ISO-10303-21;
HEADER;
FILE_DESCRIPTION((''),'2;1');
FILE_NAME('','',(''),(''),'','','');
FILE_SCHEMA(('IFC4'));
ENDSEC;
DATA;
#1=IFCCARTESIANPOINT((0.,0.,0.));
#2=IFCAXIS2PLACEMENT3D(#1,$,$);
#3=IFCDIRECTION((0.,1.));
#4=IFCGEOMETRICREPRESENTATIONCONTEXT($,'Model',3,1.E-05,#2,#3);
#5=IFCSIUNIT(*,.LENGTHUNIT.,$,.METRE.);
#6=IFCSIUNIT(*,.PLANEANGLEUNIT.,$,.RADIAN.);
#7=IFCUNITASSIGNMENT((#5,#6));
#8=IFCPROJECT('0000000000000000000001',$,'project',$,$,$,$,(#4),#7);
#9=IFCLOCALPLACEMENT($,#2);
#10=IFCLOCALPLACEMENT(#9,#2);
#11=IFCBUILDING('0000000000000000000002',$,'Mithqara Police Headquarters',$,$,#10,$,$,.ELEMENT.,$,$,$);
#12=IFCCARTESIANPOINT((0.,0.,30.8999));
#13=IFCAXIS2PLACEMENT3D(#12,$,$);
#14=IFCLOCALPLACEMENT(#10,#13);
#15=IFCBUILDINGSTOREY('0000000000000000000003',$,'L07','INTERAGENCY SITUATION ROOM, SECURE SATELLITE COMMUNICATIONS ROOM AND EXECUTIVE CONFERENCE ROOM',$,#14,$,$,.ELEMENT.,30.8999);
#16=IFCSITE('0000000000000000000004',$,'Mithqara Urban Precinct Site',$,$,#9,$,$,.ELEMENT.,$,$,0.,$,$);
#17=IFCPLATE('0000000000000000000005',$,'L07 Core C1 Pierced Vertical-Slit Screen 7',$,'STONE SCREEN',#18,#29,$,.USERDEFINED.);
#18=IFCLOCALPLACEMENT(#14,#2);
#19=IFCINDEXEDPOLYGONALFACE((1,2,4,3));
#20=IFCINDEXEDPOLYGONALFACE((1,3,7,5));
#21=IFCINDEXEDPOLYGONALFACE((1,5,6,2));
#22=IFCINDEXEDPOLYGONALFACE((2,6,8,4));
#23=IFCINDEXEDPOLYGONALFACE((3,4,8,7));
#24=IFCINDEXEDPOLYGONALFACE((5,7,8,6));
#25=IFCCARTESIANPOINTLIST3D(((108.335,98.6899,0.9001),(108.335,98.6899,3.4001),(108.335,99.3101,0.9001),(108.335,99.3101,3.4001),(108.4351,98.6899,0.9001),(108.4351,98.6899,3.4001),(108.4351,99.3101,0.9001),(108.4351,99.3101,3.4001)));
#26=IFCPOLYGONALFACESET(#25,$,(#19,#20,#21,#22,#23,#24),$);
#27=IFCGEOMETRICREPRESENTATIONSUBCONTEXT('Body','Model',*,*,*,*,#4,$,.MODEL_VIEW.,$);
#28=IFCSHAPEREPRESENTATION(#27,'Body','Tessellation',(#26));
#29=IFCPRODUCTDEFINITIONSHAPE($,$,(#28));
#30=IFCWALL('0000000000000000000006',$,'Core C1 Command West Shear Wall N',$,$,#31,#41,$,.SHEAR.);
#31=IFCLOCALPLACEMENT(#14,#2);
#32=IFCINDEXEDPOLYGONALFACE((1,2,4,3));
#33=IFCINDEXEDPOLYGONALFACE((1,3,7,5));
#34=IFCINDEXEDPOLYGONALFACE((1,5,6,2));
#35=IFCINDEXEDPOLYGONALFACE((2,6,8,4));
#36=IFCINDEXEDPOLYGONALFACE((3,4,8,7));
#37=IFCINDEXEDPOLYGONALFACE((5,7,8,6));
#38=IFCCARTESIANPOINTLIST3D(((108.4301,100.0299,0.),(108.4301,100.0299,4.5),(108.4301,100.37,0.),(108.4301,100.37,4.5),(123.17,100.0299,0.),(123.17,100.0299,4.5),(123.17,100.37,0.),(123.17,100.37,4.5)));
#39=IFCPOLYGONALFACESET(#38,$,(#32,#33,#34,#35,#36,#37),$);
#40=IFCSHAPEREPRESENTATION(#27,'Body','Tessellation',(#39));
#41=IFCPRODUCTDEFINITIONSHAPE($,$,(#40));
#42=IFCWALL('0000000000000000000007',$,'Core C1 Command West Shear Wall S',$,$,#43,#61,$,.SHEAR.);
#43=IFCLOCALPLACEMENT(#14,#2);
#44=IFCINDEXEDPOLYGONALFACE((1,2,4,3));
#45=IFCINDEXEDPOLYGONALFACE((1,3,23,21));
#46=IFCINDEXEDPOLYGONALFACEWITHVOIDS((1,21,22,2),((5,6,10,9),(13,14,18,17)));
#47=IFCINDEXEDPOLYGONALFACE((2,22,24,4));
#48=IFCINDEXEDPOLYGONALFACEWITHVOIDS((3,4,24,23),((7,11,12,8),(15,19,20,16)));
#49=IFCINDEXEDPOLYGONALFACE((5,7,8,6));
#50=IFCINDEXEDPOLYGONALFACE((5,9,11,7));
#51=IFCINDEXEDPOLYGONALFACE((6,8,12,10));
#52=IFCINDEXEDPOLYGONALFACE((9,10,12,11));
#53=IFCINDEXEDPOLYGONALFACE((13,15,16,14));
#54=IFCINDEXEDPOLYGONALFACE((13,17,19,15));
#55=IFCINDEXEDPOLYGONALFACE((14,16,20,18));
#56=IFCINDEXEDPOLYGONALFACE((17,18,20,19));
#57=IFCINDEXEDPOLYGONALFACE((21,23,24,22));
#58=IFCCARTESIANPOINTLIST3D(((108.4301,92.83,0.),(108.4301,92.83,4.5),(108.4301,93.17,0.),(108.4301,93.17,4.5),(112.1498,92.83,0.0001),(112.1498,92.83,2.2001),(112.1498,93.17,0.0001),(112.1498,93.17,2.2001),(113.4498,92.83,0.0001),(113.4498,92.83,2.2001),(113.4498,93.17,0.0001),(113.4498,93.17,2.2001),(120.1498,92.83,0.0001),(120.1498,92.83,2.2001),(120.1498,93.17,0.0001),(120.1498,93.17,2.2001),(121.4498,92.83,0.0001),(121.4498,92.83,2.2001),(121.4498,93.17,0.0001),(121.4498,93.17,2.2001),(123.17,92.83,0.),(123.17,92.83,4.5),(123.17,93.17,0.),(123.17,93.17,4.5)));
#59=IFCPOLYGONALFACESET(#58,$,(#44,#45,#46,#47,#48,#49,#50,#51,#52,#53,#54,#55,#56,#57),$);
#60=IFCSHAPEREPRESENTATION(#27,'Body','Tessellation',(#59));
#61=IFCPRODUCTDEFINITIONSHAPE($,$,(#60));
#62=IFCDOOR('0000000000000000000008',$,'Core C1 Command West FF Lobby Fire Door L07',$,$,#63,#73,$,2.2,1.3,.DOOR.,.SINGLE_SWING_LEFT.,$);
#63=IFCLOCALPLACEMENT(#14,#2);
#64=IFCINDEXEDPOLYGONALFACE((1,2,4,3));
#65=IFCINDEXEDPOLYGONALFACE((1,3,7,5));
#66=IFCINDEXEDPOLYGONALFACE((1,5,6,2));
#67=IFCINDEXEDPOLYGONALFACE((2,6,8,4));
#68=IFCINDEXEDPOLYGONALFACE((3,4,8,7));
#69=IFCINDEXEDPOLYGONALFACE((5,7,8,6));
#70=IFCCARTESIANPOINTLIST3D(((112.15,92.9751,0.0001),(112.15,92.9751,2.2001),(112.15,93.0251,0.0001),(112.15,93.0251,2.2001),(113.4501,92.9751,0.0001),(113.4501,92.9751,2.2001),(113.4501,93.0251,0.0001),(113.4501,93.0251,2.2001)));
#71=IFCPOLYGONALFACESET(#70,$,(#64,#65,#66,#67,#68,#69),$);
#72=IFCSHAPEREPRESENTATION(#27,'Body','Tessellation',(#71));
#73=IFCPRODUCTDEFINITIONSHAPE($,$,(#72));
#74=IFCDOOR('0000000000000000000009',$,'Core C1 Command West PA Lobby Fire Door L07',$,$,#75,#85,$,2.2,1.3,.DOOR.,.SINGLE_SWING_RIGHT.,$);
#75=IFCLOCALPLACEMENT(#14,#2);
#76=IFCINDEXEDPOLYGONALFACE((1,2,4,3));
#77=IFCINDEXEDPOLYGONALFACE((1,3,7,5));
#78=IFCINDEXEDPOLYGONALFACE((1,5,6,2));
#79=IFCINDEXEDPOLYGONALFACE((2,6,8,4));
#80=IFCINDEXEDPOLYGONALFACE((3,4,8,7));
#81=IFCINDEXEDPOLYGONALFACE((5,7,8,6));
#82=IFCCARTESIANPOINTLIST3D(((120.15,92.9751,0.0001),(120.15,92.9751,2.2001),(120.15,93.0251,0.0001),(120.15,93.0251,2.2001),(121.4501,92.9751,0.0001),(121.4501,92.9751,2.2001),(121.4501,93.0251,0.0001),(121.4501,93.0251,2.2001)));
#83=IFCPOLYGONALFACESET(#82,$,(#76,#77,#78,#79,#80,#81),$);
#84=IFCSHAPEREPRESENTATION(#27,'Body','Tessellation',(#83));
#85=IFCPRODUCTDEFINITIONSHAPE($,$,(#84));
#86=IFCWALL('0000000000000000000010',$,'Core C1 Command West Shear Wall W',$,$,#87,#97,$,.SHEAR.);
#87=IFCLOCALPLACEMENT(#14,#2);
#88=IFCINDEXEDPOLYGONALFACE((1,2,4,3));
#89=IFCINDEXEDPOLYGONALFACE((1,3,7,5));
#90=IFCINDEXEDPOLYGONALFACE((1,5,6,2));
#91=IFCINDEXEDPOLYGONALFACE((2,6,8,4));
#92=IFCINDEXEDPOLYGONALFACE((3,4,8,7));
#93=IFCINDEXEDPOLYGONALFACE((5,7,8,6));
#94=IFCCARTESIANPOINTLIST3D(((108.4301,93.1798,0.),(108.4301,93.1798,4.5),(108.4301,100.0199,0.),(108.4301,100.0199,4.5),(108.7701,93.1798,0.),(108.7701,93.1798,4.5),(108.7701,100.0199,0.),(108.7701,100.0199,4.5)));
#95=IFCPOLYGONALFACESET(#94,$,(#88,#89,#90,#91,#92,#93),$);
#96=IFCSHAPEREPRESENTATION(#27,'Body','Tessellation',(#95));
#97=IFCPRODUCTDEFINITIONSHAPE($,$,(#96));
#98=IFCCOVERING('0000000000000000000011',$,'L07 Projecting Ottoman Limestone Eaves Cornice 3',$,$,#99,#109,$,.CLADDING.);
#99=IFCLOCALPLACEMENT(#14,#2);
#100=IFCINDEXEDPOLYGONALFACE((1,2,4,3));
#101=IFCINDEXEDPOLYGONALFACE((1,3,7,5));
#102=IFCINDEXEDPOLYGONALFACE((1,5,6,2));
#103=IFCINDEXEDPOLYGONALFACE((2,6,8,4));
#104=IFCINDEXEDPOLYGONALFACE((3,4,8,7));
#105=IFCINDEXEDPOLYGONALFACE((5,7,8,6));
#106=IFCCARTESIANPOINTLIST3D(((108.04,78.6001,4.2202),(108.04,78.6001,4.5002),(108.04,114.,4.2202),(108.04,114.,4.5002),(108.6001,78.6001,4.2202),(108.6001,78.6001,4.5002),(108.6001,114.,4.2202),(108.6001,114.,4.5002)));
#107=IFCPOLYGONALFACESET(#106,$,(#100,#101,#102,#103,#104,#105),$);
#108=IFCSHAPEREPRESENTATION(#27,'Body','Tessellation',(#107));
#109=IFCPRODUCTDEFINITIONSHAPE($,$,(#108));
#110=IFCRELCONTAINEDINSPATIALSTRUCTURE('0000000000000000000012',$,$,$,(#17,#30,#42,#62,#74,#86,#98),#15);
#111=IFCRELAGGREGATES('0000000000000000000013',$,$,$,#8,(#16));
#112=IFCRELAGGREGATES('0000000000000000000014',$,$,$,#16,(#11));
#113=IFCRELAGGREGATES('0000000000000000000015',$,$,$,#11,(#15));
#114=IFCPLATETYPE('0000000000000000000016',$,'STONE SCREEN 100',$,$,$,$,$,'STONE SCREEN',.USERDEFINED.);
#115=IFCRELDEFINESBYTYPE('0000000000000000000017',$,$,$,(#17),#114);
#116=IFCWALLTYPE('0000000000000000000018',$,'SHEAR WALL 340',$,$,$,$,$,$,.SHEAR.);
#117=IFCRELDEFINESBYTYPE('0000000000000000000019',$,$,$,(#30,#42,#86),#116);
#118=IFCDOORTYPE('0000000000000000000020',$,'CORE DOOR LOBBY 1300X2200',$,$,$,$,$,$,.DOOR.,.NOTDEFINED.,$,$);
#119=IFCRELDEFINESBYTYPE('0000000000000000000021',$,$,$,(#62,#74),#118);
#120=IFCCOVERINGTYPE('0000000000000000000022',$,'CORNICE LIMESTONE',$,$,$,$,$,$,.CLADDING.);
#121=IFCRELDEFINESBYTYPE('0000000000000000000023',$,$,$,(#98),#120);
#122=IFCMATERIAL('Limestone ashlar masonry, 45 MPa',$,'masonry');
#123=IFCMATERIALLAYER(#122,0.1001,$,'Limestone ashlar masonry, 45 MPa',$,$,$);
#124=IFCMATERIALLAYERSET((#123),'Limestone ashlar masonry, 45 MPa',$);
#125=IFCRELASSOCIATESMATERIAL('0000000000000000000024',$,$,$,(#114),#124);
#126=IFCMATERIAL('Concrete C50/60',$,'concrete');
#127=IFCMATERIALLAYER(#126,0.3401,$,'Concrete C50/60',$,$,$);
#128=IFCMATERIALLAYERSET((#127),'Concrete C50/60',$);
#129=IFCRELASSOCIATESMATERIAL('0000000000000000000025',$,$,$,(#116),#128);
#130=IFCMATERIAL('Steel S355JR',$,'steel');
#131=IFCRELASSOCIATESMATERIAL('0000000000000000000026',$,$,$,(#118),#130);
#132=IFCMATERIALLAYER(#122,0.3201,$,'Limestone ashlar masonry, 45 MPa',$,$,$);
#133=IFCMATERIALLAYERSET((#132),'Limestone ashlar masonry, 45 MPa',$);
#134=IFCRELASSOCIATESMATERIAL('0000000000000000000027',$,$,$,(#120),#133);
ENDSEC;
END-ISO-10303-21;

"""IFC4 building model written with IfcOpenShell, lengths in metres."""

from ifc_helpers import new_model, si_unit, direction, frame, frame_2d, origin, origin_2d, place, context, subcontext, project, spatial, rectangle, extrude, material, layer, layer_set, type_object, element, fill, save


model = new_model("IFC4")

# Units and contexts
model_context = context("Model", 3, precision=1e-05, world=origin(), true_north=direction((0.0, 1.0)))
body_context = subcontext(model_context, "Body", "Model", "MODEL_VIEW")
ifc_project = project(units=[si_unit("LENGTHUNIT", "METRE"), si_unit("PLANEANGLEUNIT", "RADIAN")], contexts=[model_context])

# Site, building, storey
site_placement = place(None, origin())
site = spatial("IfcSite", under=ifc_project, at=site_placement, Name="Mithqara Urban Precinct Site", CompositionType="ELEMENT", RefElevation=0.0)
building_placement = place(site_placement, origin())
building = spatial("IfcBuilding", under=site, at=building_placement, Name="Mithqara Police Headquarters", CompositionType="ELEMENT")
storey_placement = place(building_placement, frame((0.0, 0.0, 30.8999)))
storey = spatial("IfcBuildingStorey", under=building, at=storey_placement, Name="L07", Description="INTERAGENCY SITUATION ROOM, SECURE SATELLITE COMMUNICATIONS ROOM AND EXECUTIVE CONFERENCE ROOM", CompositionType="ELEMENT", Elevation=30.8999)

# Shared definitions
ifc_material_1 = material(Name="Steel S355JR", Category="steel")

# Plate
ifc_material_2 = material(Name="Limestone ashlar masonry, 45 MPa", Category="masonry")
ifc_layer_1 = layer(ifc_material_2, 0.1001, Name="Limestone ashlar masonry, 45 MPa")
ifc_layer_set_1 = layer_set([ifc_layer_1], Name="Limestone ashlar masonry, 45 MPa")
plate_type = type_object("IfcPlateType", Name="STONE SCREEN 100", ElementType="STONE SCREEN", PredefinedType="USERDEFINED", material=ifc_layer_set_1)
for number, where, z_axis, x_axis, name in (
    (1, (108.385, 99.0, 0.9001), (0.0, 0.0, 1.0), (0.0, 1.0, 0.0), "L07 Core C1 Pierced Vertical-Slit Screen 7"),
):
    element("IfcPlate", number, at=place(storey_placement, frame(where, z_axis=z_axis, x_axis=x_axis)), inside=storey, type_object=plate_type, Name=name, ObjectType="STONE SCREEN", PredefinedType="USERDEFINED", context=body_context, shape_type="SweptSolid", body=[
        extrude(rectangle(XDim=0.6201, YDim=0.1001, at=origin_2d()), origin(), (0.0, 0.0, 1.0), 2.5),
    ])

# Wall
ifc_material_3 = material(Name="Concrete C50/60", Category="concrete")
ifc_layer_2 = layer(ifc_material_3, 0.3401, Name="Concrete C50/60")
ifc_layer_set_2 = layer_set([ifc_layer_2], Name="Concrete C50/60")
wall_type = type_object("IfcWallType", Name="SHEAR WALL 340", PredefinedType="SHEAR", material=ifc_layer_set_2)
wall_1_placement = place(storey_placement, frame((108.4299, 100.2, 0.0), z_axis=(0.0, 0.0, 1.0), x_axis=(1.0, 0.0, 0.0)))
element("IfcWall", 2, at=wall_1_placement, inside=storey, type_object=wall_type, Name="Core C1 Command West Shear Wall N", PredefinedType="SHEAR", context=body_context, shape_type="SweptSolid", body=[
    extrude(rectangle(XDim=14.74, YDim=0.3401, at=frame_2d((7.3701, 0.0))), origin(), (0.0, 0.0, 1.0), 4.5),
])

# Wall, openings, doors
wall_2_placement = place(storey_placement, frame((108.4299, 93.0, 0.0), z_axis=(0.0, 0.0, 1.0), x_axis=(1.0, 0.0, 0.0)))
wall_2 = element("IfcWall", 3, at=wall_2_placement, inside=storey, type_object=wall_type, Name="Core C1 Command West Shear Wall S", PredefinedType="SHEAR", context=body_context, shape_type="SweptSolid", body=[
    extrude(rectangle(XDim=14.74, YDim=0.3401, at=frame_2d((7.3701, 0.0))), origin(), (0.0, 0.0, 1.0), 4.5),
])
opening_1_placement = place(wall_2_placement, frame((3.72, 0.0, 0.0)))
opening_1 = element("IfcOpeningElement", 4, at=opening_1_placement, cuts=wall_2, PredefinedType="OPENING", context=body_context, shape_type="SweptSolid", body=[
    extrude(rectangle(XDim=1.3, YDim=2.2, at=frame_2d((0.6499, 1.1001))), frame((0.0, 0.1802, 0.0), z_axis=(0.0, -1.0, 0.0), x_axis=(1.0, 0.0, 0.0)), (0.0, 0.0, 1.0), 0.3601),
])
opening_2_placement = place(wall_2_placement, frame((11.72, 0.0, 0.0)))
opening_2 = element("IfcOpeningElement", 5, at=opening_2_placement, cuts=wall_2, PredefinedType="OPENING", context=body_context, shape_type="SweptSolid", body=[
    extrude(rectangle(XDim=1.3, YDim=2.2, at=frame_2d((0.6499, 1.1001))), frame((0.0, 0.1802, 0.0), z_axis=(0.0, -1.0, 0.0), x_axis=(1.0, 0.0, 0.0)), (0.0, 0.0, 1.0), 0.3601),
])
door_type_1 = type_object("IfcDoorType", Name="CORE DOOR LOBBY 1300X2200", OperationType="NOTDEFINED", PredefinedType="DOOR", material=ifc_material_1)
door_1_placement = place(opening_1_placement, frame((1.3, 0.0, 0.0), z_axis=(0.0, 0.0, 1.0), x_axis=(-1.0, 0.0, 0.0)))
door_1 = element("IfcDoor", 6, at=door_1_placement, inside=storey, type_object=door_type_1, Name="Core C1 Command West FF Lobby Fire Door L07", OperationType="SINGLE_SWING_LEFT", OverallHeight=2.2, OverallWidth=1.3, PredefinedType="DOOR", context=body_context, shape_type="SweptSolid", body=[
    extrude(rectangle(XDim=1.3, YDim=2.2, at=frame_2d((0.6499, 1.1001))), frame((0.0, 0.0249, 0.0), z_axis=(0.0, -1.0, 0.0), x_axis=(1.0, 0.0, 0.0)), (0.0, 0.0, 1.0), 0.05),
])
fill(opening_1, door_1)
door_2_placement = place(opening_2_placement, frame((1.3, 0.0, 0.0), z_axis=(0.0, 0.0, 1.0), x_axis=(-1.0, 0.0, 0.0)))
door_2 = element("IfcDoor", 7, at=door_2_placement, inside=storey, type_object=door_type_1, Name="Core C1 Command West PA Lobby Fire Door L07", OperationType="SINGLE_SWING_RIGHT", OverallHeight=2.2, OverallWidth=1.3, PredefinedType="DOOR", context=body_context, shape_type="SweptSolid", body=[
    extrude(rectangle(XDim=1.3, YDim=2.2, at=frame_2d((0.6499, 1.1001))), frame((0.0, 0.0249, 0.0), z_axis=(0.0, -1.0, 0.0), x_axis=(1.0, 0.0, 0.0)), (0.0, 0.0, 1.0), 0.05),
])
fill(opening_2, door_2)

# Wall
wall_3_placement = place(storey_placement, frame((108.6001, 93.1799, 0.0), z_axis=(0.0, 0.0, 1.0), x_axis=(0.0, 1.0, 0.0)))
element("IfcWall", 8, at=wall_3_placement, inside=storey, type_object=wall_type, Name="Core C1 Command West Shear Wall W", PredefinedType="SHEAR", context=body_context, shape_type="SweptSolid", body=[
    extrude(rectangle(XDim=6.8401, YDim=0.3401, at=frame_2d((3.4199, 0.0))), origin(), (0.0, 0.0, 1.0), 4.5),
])

# Covering
ifc_layer_3 = layer(ifc_material_2, 0.3201, Name="Limestone ashlar masonry, 45 MPa")
ifc_layer_set_3 = layer_set([ifc_layer_3], Name="Limestone ashlar masonry, 45 MPa")
covering_type = type_object("IfcCoveringType", Name="CORNICE LIMESTONE", PredefinedType="CLADDING", material=ifc_layer_set_3)
covering_placement = place(storey_placement, frame((108.3201, 96.3, 4.2202), z_axis=(0.0, 0.0, 1.0), x_axis=(0.0, 1.0, 0.0)))
element("IfcCovering", 9, at=covering_placement, inside=storey, type_object=covering_type, Name="L07 Projecting Ottoman Limestone Eaves Cornice 3", PredefinedType="CLADDING", context=body_context, shape_type="SweptSolid", body=[
    extrude(rectangle(XDim=35.3999, YDim=0.5601, at=origin_2d()), origin(), (0.0, 0.0, 1.0), 0.28),
])

save(model, "model.ifc")
